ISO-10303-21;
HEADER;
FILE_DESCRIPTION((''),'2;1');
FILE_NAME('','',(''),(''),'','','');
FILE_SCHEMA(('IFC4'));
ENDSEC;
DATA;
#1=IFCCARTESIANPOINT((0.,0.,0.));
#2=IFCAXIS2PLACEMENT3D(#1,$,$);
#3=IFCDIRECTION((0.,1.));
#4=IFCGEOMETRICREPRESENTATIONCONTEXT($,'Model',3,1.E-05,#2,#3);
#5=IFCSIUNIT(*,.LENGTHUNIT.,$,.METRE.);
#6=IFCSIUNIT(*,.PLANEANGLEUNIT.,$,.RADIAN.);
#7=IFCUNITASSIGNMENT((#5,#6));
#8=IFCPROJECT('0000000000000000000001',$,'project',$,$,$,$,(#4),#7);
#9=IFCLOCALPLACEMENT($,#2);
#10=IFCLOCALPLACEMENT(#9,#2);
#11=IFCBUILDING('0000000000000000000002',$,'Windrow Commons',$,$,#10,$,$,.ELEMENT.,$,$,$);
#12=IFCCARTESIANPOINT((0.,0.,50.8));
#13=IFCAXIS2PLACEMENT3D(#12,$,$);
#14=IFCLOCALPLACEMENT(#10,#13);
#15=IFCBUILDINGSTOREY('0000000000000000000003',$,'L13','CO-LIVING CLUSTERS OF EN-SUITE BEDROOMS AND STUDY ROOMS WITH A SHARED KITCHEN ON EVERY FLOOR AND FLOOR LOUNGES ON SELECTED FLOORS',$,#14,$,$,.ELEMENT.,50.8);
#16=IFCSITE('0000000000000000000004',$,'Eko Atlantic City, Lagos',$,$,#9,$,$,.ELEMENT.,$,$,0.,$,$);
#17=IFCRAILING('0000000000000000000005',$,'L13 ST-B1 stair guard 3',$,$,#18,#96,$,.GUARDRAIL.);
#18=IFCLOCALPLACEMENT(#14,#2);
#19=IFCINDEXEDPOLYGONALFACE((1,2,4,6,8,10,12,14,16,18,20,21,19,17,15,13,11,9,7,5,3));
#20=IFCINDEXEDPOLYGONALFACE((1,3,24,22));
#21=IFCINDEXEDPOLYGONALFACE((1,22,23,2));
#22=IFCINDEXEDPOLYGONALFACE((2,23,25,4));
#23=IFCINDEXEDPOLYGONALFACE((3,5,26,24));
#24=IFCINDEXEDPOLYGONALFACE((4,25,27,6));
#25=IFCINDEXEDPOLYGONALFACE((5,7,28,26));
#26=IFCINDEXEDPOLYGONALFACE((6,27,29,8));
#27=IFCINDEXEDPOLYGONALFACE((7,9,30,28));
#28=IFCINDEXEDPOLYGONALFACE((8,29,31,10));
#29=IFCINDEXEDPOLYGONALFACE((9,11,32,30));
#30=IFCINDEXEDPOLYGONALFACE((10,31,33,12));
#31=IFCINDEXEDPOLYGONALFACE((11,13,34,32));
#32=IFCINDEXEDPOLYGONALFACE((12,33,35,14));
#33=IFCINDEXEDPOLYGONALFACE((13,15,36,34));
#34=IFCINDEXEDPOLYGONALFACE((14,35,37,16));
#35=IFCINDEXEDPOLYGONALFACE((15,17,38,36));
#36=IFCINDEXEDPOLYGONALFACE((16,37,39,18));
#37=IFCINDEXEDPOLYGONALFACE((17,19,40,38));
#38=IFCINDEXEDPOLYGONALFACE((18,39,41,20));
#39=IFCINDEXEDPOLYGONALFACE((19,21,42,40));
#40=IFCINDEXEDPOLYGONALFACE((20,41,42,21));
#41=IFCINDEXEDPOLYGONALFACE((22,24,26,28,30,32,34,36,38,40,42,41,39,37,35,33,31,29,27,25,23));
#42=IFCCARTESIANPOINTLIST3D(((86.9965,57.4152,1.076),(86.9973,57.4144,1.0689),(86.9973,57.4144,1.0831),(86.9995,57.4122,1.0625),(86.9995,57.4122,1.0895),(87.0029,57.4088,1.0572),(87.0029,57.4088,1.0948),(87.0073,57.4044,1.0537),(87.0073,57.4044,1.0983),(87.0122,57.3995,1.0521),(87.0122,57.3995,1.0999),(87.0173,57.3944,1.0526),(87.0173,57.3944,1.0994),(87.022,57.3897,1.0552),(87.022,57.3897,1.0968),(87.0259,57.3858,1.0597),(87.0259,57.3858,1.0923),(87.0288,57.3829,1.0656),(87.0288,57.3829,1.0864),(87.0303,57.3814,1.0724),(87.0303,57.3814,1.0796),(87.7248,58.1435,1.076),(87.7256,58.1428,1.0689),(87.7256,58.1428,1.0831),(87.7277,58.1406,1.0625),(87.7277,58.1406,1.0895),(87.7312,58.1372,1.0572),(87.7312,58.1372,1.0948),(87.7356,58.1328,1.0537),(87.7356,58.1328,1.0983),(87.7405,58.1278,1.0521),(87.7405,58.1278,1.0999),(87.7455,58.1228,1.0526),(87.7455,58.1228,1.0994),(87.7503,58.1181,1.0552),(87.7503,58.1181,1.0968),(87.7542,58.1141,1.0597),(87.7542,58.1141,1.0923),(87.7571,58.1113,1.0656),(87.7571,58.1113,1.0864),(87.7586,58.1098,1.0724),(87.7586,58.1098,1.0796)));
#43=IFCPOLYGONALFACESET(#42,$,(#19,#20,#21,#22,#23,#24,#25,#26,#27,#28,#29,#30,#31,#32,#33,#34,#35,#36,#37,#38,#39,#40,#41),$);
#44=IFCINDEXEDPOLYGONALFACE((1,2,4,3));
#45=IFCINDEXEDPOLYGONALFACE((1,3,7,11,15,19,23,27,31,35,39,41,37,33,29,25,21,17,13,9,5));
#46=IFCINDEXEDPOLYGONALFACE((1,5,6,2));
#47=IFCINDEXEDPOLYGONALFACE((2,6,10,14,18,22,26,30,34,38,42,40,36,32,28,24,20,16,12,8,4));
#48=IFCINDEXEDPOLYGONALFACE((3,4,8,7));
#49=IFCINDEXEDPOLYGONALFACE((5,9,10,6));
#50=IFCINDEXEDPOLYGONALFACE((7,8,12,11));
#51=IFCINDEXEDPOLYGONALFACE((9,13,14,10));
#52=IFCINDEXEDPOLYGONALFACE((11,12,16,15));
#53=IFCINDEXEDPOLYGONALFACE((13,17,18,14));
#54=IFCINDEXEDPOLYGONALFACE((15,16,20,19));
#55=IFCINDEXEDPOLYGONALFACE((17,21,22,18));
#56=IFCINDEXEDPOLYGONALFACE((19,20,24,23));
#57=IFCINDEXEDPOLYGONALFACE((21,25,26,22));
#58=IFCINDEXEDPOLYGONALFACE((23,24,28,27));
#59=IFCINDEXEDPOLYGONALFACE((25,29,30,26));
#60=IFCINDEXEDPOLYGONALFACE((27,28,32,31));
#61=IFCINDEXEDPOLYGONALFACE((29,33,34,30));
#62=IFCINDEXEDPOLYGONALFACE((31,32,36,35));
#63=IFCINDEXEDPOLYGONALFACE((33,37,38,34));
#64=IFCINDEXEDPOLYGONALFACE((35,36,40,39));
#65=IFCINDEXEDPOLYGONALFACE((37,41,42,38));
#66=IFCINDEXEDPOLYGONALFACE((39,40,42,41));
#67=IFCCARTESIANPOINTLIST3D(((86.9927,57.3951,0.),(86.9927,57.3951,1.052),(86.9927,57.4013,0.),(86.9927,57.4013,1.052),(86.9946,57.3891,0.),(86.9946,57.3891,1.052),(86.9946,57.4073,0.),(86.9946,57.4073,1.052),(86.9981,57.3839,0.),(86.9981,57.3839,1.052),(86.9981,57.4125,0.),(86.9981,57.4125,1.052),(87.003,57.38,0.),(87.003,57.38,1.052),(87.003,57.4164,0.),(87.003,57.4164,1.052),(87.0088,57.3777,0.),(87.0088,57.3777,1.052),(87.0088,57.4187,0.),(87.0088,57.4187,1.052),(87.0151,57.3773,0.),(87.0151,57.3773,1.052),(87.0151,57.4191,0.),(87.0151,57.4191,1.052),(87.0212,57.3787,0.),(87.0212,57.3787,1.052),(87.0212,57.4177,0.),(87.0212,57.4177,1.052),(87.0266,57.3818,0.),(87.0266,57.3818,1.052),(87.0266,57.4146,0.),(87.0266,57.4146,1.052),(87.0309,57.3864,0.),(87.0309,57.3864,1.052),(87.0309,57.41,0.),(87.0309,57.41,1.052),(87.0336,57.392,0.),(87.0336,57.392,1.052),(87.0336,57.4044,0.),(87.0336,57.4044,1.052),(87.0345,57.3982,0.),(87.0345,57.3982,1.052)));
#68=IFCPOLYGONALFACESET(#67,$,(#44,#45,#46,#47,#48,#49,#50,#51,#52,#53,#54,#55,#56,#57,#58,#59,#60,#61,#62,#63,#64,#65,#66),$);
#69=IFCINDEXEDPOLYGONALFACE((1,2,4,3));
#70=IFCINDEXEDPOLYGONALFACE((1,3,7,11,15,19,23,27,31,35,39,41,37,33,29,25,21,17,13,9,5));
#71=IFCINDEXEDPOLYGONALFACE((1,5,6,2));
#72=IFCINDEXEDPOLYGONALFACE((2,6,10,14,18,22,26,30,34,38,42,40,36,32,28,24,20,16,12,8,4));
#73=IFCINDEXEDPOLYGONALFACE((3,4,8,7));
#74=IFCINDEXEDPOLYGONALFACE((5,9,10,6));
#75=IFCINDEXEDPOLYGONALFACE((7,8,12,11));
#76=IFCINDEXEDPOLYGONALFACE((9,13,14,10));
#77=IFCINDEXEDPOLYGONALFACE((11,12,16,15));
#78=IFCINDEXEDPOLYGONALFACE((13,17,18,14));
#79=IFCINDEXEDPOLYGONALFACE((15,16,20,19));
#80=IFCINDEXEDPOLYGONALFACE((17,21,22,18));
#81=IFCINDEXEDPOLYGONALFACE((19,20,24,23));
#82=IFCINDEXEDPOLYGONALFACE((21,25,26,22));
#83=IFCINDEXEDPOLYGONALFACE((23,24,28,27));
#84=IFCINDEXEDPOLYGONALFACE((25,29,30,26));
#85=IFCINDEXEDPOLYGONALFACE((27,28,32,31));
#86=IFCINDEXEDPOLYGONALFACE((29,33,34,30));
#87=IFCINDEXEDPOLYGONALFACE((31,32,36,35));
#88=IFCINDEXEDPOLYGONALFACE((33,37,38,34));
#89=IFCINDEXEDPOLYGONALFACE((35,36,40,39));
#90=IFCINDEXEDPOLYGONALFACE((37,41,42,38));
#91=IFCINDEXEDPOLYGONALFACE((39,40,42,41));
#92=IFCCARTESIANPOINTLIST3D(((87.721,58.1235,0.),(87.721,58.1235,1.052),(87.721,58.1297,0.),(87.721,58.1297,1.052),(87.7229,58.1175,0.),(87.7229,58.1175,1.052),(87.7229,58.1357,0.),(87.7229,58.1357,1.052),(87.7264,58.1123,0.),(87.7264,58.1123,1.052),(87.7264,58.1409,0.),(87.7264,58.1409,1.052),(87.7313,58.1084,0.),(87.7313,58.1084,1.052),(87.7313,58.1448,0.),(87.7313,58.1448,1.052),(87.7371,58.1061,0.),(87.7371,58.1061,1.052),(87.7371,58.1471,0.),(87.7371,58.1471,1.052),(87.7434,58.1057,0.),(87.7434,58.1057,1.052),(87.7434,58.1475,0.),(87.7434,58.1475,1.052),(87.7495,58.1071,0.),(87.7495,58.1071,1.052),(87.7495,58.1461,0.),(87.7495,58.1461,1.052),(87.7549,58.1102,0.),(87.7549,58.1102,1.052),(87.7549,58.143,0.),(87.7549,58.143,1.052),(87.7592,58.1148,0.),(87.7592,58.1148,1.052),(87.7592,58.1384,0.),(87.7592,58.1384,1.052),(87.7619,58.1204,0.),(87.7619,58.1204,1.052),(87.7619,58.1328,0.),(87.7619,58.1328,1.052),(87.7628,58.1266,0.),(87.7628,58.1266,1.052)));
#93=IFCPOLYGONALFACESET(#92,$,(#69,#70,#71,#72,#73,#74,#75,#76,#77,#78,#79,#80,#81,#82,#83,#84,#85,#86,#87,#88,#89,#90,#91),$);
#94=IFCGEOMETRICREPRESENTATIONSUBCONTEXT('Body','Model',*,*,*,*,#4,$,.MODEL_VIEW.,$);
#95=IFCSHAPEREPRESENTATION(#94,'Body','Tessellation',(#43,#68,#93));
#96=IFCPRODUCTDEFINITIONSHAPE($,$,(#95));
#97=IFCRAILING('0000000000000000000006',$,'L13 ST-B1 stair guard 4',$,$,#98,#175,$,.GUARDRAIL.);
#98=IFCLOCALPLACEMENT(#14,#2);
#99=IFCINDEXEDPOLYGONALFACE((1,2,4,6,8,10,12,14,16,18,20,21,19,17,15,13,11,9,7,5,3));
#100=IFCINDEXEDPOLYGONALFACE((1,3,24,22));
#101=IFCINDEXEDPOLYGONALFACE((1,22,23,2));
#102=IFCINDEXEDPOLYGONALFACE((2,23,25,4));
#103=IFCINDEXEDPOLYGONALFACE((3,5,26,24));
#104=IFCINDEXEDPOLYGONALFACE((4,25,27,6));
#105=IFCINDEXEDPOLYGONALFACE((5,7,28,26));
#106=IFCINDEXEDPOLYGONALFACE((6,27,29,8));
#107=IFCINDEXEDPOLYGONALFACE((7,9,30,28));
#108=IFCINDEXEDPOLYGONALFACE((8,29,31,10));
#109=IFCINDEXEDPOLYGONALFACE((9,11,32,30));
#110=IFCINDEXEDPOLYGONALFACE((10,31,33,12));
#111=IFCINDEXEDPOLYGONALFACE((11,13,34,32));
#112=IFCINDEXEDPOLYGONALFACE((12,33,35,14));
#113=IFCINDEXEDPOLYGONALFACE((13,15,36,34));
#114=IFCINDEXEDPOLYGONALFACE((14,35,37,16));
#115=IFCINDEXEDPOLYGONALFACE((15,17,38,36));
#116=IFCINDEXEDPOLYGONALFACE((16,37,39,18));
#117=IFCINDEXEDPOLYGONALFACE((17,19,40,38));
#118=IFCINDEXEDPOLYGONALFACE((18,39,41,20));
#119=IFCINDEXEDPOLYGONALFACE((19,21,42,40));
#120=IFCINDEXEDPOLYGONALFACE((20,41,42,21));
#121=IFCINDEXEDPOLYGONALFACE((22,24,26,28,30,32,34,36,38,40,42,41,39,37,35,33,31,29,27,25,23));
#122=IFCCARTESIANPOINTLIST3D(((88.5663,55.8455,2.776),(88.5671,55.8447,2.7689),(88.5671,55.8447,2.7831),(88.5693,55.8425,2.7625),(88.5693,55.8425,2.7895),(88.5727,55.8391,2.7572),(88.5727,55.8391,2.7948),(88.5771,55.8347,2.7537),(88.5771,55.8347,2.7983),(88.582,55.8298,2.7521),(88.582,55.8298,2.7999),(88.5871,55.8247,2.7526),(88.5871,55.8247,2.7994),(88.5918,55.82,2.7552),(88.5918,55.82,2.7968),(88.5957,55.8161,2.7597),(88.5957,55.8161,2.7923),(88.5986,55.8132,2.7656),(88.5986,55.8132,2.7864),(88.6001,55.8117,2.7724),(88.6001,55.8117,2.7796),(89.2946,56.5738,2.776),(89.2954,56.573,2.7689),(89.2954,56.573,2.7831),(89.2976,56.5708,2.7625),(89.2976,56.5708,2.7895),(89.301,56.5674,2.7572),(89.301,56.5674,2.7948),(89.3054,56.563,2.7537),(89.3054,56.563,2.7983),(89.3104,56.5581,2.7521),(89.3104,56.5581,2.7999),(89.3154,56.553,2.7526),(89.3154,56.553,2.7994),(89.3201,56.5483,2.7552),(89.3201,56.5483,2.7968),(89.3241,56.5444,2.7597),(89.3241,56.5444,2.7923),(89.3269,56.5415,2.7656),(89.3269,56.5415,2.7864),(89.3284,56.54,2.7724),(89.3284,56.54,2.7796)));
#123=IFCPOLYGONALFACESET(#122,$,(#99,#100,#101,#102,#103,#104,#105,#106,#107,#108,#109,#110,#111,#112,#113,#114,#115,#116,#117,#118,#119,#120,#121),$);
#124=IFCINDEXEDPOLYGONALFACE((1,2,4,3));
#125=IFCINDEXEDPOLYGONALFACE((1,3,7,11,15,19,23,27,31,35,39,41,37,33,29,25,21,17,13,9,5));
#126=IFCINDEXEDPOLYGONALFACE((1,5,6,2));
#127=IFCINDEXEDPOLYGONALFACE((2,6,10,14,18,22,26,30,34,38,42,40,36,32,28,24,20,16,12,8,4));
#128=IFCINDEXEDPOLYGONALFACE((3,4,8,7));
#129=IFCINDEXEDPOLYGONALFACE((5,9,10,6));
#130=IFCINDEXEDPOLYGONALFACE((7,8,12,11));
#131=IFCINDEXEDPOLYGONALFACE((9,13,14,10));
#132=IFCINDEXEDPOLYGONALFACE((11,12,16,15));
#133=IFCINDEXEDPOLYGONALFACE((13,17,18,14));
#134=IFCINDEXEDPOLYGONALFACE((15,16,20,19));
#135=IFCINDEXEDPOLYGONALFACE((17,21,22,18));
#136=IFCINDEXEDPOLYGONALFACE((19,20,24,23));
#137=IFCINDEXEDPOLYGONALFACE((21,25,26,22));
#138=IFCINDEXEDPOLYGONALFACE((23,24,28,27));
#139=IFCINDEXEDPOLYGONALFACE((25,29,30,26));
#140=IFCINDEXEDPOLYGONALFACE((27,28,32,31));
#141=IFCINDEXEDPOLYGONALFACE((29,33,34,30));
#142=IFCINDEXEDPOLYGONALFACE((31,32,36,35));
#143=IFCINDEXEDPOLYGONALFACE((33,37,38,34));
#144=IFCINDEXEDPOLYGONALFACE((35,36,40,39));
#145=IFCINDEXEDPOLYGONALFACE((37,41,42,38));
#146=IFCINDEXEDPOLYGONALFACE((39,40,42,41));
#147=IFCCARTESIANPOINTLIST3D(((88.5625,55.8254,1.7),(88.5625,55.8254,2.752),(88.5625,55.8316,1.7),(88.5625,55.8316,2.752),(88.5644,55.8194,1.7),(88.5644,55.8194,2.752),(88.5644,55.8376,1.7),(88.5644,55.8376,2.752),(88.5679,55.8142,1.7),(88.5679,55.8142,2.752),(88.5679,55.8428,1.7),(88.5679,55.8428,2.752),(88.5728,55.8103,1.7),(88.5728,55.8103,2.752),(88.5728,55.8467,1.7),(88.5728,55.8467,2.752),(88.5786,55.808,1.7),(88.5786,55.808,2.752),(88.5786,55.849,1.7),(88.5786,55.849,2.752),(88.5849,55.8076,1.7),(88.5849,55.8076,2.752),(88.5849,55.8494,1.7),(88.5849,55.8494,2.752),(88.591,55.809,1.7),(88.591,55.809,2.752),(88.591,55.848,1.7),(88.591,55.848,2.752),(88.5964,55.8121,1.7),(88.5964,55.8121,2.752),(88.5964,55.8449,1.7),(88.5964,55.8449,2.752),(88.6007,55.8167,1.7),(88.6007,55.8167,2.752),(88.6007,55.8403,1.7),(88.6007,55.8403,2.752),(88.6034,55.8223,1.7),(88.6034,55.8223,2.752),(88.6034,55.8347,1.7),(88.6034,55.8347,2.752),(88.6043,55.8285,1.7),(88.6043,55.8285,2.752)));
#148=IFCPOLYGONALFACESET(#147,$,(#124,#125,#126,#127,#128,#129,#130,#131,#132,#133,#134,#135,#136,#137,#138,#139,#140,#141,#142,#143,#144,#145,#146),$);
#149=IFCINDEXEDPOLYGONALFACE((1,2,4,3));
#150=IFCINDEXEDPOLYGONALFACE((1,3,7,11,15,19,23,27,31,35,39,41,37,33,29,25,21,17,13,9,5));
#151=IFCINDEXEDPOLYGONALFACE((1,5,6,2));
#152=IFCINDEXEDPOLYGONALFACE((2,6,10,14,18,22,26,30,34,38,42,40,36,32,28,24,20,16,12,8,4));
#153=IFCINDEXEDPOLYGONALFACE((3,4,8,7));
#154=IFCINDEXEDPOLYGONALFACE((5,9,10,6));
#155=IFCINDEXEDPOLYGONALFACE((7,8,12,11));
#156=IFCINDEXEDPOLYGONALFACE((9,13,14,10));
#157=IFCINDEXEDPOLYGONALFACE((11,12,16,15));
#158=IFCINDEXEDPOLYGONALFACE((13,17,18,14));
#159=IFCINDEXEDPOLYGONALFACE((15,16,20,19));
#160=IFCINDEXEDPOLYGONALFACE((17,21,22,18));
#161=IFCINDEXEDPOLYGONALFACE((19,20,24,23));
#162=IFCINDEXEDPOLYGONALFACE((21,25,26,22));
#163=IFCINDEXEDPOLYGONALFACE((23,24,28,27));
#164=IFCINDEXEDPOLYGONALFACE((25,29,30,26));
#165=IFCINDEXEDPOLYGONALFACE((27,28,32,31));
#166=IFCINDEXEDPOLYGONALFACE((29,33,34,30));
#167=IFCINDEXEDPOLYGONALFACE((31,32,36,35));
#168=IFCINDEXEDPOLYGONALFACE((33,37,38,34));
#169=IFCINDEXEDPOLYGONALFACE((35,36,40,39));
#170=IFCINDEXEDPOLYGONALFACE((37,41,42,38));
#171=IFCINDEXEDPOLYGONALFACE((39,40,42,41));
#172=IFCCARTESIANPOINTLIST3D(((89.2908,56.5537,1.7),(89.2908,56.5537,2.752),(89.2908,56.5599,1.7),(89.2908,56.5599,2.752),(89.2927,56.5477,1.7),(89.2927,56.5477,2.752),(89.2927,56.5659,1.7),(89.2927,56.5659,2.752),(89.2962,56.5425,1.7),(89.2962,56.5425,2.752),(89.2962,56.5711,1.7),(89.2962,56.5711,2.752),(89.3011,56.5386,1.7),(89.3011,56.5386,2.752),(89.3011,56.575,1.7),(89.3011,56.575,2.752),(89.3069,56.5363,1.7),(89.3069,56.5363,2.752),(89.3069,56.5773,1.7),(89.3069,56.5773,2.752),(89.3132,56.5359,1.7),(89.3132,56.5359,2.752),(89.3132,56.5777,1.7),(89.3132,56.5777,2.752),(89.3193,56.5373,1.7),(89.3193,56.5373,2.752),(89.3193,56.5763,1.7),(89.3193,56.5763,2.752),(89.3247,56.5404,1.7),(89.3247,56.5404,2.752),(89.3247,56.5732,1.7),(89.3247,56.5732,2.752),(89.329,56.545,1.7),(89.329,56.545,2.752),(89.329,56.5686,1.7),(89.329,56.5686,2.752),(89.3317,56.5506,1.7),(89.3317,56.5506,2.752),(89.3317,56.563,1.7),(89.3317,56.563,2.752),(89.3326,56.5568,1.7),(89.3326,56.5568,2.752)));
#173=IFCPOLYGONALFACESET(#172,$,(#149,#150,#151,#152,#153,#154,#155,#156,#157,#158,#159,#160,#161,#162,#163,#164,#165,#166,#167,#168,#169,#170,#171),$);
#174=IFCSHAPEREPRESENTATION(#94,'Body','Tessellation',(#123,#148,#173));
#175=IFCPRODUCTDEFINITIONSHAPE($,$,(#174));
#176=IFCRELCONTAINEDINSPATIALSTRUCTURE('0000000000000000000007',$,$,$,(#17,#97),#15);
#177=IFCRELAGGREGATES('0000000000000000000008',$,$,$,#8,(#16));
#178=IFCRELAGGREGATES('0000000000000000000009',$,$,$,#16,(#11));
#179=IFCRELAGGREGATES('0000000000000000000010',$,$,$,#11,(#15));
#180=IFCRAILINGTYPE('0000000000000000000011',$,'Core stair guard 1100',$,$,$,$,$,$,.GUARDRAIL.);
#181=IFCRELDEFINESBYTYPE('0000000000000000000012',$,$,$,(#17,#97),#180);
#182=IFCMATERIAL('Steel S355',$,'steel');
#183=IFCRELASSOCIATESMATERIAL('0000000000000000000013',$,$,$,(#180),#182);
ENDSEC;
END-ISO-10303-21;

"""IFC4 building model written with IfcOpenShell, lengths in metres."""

from ifc_helpers import new_model, si_unit, direction, frame, origin, origin_2d, place, context, subcontext, project, spatial, circle, extrude, material, type_object, element, save


model = new_model("IFC4")

# Units and contexts
model_context = context("Model", 3, precision=1e-05, world=origin(), true_north=direction((0.0, 1.0)))
body_context = subcontext(model_context, "Body", "Model", "MODEL_VIEW")
ifc_project = project(units=[si_unit("LENGTHUNIT", "METRE"), si_unit("PLANEANGLEUNIT", "RADIAN")], contexts=[model_context])

# Site, building, storey
site_placement = place(None, origin())
site = spatial("IfcSite", under=ifc_project, at=site_placement, Name="Eko Atlantic City, Lagos", CompositionType="ELEMENT", RefElevation=0.0)
building_placement = place(site_placement, origin())
building = spatial("IfcBuilding", under=site, at=building_placement, Name="Windrow Commons", CompositionType="ELEMENT")
storey_placement = place(building_placement, frame((0.0, 0.0, 50.8)))
storey = spatial("IfcBuildingStorey", under=building, at=storey_placement, Name="L13", Description="CO-LIVING CLUSTERS OF EN-SUITE BEDROOMS AND STUDY ROOMS WITH A SHARED KITCHEN ON EVERY FLOOR AND FLOOR LOUNGES ON SELECTED FLOORS", CompositionType="ELEMENT", Elevation=50.8)

# Railings
ifc_material_1 = material(Name="Steel S355", Category="steel")
railing_type_1 = type_object("IfcRailingType", Name="Core stair guard 1100", PredefinedType="GUARDRAIL", material=ifc_material_1)
railing_1_placement = place(storey_placement, frame((87.0135, 57.3982, 0.0)))
element("IfcRailing", 1, at=railing_1_placement, inside=storey, type_object=railing_type_1, Name="L13 ST-B1 stair guard 3", PredefinedType="GUARDRAIL", context=body_context, shape_type="SweptSolid", body=[
    extrude(circle(Radius=0.024, at=origin_2d()), frame((0.0, 0.0, 1.076), z_axis=(0.707058, 0.707155, 0.0), x_axis=(-0.707155, 0.707058, 0.0)), (0.0, 0.0, 1.0), 1.03),
    extrude(circle(Radius=0.021, at=origin_2d()), origin(), (0.0, 0.0, 1.0), 1.052),
    extrude(circle(Radius=0.021, at=origin_2d()), frame((0.7283, 0.7284, 0.0)), (0.0, 0.0, 1.0), 1.052),
])
railing_2_placement = place(storey_placement, frame((88.5833, 55.8285, 1.7)))
element("IfcRailing", 2, at=railing_2_placement, inside=storey, type_object=railing_type_1, Name="L13 ST-B1 stair guard 4", PredefinedType="GUARDRAIL", context=body_context, shape_type="SweptSolid", body=[
    extrude(circle(Radius=0.024, at=origin_2d()), frame((0.0, 0.0, 1.076), z_axis=(0.707107, 0.707107, 0.0), x_axis=(-0.707107, 0.707107, 0.0)), (0.0, 0.0, 1.0), 1.03),
    extrude(circle(Radius=0.021, at=origin_2d()), origin(), (0.0, 0.0, 1.0), 1.052),
    extrude(circle(Radius=0.021, at=origin_2d()), frame((0.7283, 0.7283, 0.0)), (0.0, 0.0, 1.0), 1.052),
])

save(model, "model.ifc")
